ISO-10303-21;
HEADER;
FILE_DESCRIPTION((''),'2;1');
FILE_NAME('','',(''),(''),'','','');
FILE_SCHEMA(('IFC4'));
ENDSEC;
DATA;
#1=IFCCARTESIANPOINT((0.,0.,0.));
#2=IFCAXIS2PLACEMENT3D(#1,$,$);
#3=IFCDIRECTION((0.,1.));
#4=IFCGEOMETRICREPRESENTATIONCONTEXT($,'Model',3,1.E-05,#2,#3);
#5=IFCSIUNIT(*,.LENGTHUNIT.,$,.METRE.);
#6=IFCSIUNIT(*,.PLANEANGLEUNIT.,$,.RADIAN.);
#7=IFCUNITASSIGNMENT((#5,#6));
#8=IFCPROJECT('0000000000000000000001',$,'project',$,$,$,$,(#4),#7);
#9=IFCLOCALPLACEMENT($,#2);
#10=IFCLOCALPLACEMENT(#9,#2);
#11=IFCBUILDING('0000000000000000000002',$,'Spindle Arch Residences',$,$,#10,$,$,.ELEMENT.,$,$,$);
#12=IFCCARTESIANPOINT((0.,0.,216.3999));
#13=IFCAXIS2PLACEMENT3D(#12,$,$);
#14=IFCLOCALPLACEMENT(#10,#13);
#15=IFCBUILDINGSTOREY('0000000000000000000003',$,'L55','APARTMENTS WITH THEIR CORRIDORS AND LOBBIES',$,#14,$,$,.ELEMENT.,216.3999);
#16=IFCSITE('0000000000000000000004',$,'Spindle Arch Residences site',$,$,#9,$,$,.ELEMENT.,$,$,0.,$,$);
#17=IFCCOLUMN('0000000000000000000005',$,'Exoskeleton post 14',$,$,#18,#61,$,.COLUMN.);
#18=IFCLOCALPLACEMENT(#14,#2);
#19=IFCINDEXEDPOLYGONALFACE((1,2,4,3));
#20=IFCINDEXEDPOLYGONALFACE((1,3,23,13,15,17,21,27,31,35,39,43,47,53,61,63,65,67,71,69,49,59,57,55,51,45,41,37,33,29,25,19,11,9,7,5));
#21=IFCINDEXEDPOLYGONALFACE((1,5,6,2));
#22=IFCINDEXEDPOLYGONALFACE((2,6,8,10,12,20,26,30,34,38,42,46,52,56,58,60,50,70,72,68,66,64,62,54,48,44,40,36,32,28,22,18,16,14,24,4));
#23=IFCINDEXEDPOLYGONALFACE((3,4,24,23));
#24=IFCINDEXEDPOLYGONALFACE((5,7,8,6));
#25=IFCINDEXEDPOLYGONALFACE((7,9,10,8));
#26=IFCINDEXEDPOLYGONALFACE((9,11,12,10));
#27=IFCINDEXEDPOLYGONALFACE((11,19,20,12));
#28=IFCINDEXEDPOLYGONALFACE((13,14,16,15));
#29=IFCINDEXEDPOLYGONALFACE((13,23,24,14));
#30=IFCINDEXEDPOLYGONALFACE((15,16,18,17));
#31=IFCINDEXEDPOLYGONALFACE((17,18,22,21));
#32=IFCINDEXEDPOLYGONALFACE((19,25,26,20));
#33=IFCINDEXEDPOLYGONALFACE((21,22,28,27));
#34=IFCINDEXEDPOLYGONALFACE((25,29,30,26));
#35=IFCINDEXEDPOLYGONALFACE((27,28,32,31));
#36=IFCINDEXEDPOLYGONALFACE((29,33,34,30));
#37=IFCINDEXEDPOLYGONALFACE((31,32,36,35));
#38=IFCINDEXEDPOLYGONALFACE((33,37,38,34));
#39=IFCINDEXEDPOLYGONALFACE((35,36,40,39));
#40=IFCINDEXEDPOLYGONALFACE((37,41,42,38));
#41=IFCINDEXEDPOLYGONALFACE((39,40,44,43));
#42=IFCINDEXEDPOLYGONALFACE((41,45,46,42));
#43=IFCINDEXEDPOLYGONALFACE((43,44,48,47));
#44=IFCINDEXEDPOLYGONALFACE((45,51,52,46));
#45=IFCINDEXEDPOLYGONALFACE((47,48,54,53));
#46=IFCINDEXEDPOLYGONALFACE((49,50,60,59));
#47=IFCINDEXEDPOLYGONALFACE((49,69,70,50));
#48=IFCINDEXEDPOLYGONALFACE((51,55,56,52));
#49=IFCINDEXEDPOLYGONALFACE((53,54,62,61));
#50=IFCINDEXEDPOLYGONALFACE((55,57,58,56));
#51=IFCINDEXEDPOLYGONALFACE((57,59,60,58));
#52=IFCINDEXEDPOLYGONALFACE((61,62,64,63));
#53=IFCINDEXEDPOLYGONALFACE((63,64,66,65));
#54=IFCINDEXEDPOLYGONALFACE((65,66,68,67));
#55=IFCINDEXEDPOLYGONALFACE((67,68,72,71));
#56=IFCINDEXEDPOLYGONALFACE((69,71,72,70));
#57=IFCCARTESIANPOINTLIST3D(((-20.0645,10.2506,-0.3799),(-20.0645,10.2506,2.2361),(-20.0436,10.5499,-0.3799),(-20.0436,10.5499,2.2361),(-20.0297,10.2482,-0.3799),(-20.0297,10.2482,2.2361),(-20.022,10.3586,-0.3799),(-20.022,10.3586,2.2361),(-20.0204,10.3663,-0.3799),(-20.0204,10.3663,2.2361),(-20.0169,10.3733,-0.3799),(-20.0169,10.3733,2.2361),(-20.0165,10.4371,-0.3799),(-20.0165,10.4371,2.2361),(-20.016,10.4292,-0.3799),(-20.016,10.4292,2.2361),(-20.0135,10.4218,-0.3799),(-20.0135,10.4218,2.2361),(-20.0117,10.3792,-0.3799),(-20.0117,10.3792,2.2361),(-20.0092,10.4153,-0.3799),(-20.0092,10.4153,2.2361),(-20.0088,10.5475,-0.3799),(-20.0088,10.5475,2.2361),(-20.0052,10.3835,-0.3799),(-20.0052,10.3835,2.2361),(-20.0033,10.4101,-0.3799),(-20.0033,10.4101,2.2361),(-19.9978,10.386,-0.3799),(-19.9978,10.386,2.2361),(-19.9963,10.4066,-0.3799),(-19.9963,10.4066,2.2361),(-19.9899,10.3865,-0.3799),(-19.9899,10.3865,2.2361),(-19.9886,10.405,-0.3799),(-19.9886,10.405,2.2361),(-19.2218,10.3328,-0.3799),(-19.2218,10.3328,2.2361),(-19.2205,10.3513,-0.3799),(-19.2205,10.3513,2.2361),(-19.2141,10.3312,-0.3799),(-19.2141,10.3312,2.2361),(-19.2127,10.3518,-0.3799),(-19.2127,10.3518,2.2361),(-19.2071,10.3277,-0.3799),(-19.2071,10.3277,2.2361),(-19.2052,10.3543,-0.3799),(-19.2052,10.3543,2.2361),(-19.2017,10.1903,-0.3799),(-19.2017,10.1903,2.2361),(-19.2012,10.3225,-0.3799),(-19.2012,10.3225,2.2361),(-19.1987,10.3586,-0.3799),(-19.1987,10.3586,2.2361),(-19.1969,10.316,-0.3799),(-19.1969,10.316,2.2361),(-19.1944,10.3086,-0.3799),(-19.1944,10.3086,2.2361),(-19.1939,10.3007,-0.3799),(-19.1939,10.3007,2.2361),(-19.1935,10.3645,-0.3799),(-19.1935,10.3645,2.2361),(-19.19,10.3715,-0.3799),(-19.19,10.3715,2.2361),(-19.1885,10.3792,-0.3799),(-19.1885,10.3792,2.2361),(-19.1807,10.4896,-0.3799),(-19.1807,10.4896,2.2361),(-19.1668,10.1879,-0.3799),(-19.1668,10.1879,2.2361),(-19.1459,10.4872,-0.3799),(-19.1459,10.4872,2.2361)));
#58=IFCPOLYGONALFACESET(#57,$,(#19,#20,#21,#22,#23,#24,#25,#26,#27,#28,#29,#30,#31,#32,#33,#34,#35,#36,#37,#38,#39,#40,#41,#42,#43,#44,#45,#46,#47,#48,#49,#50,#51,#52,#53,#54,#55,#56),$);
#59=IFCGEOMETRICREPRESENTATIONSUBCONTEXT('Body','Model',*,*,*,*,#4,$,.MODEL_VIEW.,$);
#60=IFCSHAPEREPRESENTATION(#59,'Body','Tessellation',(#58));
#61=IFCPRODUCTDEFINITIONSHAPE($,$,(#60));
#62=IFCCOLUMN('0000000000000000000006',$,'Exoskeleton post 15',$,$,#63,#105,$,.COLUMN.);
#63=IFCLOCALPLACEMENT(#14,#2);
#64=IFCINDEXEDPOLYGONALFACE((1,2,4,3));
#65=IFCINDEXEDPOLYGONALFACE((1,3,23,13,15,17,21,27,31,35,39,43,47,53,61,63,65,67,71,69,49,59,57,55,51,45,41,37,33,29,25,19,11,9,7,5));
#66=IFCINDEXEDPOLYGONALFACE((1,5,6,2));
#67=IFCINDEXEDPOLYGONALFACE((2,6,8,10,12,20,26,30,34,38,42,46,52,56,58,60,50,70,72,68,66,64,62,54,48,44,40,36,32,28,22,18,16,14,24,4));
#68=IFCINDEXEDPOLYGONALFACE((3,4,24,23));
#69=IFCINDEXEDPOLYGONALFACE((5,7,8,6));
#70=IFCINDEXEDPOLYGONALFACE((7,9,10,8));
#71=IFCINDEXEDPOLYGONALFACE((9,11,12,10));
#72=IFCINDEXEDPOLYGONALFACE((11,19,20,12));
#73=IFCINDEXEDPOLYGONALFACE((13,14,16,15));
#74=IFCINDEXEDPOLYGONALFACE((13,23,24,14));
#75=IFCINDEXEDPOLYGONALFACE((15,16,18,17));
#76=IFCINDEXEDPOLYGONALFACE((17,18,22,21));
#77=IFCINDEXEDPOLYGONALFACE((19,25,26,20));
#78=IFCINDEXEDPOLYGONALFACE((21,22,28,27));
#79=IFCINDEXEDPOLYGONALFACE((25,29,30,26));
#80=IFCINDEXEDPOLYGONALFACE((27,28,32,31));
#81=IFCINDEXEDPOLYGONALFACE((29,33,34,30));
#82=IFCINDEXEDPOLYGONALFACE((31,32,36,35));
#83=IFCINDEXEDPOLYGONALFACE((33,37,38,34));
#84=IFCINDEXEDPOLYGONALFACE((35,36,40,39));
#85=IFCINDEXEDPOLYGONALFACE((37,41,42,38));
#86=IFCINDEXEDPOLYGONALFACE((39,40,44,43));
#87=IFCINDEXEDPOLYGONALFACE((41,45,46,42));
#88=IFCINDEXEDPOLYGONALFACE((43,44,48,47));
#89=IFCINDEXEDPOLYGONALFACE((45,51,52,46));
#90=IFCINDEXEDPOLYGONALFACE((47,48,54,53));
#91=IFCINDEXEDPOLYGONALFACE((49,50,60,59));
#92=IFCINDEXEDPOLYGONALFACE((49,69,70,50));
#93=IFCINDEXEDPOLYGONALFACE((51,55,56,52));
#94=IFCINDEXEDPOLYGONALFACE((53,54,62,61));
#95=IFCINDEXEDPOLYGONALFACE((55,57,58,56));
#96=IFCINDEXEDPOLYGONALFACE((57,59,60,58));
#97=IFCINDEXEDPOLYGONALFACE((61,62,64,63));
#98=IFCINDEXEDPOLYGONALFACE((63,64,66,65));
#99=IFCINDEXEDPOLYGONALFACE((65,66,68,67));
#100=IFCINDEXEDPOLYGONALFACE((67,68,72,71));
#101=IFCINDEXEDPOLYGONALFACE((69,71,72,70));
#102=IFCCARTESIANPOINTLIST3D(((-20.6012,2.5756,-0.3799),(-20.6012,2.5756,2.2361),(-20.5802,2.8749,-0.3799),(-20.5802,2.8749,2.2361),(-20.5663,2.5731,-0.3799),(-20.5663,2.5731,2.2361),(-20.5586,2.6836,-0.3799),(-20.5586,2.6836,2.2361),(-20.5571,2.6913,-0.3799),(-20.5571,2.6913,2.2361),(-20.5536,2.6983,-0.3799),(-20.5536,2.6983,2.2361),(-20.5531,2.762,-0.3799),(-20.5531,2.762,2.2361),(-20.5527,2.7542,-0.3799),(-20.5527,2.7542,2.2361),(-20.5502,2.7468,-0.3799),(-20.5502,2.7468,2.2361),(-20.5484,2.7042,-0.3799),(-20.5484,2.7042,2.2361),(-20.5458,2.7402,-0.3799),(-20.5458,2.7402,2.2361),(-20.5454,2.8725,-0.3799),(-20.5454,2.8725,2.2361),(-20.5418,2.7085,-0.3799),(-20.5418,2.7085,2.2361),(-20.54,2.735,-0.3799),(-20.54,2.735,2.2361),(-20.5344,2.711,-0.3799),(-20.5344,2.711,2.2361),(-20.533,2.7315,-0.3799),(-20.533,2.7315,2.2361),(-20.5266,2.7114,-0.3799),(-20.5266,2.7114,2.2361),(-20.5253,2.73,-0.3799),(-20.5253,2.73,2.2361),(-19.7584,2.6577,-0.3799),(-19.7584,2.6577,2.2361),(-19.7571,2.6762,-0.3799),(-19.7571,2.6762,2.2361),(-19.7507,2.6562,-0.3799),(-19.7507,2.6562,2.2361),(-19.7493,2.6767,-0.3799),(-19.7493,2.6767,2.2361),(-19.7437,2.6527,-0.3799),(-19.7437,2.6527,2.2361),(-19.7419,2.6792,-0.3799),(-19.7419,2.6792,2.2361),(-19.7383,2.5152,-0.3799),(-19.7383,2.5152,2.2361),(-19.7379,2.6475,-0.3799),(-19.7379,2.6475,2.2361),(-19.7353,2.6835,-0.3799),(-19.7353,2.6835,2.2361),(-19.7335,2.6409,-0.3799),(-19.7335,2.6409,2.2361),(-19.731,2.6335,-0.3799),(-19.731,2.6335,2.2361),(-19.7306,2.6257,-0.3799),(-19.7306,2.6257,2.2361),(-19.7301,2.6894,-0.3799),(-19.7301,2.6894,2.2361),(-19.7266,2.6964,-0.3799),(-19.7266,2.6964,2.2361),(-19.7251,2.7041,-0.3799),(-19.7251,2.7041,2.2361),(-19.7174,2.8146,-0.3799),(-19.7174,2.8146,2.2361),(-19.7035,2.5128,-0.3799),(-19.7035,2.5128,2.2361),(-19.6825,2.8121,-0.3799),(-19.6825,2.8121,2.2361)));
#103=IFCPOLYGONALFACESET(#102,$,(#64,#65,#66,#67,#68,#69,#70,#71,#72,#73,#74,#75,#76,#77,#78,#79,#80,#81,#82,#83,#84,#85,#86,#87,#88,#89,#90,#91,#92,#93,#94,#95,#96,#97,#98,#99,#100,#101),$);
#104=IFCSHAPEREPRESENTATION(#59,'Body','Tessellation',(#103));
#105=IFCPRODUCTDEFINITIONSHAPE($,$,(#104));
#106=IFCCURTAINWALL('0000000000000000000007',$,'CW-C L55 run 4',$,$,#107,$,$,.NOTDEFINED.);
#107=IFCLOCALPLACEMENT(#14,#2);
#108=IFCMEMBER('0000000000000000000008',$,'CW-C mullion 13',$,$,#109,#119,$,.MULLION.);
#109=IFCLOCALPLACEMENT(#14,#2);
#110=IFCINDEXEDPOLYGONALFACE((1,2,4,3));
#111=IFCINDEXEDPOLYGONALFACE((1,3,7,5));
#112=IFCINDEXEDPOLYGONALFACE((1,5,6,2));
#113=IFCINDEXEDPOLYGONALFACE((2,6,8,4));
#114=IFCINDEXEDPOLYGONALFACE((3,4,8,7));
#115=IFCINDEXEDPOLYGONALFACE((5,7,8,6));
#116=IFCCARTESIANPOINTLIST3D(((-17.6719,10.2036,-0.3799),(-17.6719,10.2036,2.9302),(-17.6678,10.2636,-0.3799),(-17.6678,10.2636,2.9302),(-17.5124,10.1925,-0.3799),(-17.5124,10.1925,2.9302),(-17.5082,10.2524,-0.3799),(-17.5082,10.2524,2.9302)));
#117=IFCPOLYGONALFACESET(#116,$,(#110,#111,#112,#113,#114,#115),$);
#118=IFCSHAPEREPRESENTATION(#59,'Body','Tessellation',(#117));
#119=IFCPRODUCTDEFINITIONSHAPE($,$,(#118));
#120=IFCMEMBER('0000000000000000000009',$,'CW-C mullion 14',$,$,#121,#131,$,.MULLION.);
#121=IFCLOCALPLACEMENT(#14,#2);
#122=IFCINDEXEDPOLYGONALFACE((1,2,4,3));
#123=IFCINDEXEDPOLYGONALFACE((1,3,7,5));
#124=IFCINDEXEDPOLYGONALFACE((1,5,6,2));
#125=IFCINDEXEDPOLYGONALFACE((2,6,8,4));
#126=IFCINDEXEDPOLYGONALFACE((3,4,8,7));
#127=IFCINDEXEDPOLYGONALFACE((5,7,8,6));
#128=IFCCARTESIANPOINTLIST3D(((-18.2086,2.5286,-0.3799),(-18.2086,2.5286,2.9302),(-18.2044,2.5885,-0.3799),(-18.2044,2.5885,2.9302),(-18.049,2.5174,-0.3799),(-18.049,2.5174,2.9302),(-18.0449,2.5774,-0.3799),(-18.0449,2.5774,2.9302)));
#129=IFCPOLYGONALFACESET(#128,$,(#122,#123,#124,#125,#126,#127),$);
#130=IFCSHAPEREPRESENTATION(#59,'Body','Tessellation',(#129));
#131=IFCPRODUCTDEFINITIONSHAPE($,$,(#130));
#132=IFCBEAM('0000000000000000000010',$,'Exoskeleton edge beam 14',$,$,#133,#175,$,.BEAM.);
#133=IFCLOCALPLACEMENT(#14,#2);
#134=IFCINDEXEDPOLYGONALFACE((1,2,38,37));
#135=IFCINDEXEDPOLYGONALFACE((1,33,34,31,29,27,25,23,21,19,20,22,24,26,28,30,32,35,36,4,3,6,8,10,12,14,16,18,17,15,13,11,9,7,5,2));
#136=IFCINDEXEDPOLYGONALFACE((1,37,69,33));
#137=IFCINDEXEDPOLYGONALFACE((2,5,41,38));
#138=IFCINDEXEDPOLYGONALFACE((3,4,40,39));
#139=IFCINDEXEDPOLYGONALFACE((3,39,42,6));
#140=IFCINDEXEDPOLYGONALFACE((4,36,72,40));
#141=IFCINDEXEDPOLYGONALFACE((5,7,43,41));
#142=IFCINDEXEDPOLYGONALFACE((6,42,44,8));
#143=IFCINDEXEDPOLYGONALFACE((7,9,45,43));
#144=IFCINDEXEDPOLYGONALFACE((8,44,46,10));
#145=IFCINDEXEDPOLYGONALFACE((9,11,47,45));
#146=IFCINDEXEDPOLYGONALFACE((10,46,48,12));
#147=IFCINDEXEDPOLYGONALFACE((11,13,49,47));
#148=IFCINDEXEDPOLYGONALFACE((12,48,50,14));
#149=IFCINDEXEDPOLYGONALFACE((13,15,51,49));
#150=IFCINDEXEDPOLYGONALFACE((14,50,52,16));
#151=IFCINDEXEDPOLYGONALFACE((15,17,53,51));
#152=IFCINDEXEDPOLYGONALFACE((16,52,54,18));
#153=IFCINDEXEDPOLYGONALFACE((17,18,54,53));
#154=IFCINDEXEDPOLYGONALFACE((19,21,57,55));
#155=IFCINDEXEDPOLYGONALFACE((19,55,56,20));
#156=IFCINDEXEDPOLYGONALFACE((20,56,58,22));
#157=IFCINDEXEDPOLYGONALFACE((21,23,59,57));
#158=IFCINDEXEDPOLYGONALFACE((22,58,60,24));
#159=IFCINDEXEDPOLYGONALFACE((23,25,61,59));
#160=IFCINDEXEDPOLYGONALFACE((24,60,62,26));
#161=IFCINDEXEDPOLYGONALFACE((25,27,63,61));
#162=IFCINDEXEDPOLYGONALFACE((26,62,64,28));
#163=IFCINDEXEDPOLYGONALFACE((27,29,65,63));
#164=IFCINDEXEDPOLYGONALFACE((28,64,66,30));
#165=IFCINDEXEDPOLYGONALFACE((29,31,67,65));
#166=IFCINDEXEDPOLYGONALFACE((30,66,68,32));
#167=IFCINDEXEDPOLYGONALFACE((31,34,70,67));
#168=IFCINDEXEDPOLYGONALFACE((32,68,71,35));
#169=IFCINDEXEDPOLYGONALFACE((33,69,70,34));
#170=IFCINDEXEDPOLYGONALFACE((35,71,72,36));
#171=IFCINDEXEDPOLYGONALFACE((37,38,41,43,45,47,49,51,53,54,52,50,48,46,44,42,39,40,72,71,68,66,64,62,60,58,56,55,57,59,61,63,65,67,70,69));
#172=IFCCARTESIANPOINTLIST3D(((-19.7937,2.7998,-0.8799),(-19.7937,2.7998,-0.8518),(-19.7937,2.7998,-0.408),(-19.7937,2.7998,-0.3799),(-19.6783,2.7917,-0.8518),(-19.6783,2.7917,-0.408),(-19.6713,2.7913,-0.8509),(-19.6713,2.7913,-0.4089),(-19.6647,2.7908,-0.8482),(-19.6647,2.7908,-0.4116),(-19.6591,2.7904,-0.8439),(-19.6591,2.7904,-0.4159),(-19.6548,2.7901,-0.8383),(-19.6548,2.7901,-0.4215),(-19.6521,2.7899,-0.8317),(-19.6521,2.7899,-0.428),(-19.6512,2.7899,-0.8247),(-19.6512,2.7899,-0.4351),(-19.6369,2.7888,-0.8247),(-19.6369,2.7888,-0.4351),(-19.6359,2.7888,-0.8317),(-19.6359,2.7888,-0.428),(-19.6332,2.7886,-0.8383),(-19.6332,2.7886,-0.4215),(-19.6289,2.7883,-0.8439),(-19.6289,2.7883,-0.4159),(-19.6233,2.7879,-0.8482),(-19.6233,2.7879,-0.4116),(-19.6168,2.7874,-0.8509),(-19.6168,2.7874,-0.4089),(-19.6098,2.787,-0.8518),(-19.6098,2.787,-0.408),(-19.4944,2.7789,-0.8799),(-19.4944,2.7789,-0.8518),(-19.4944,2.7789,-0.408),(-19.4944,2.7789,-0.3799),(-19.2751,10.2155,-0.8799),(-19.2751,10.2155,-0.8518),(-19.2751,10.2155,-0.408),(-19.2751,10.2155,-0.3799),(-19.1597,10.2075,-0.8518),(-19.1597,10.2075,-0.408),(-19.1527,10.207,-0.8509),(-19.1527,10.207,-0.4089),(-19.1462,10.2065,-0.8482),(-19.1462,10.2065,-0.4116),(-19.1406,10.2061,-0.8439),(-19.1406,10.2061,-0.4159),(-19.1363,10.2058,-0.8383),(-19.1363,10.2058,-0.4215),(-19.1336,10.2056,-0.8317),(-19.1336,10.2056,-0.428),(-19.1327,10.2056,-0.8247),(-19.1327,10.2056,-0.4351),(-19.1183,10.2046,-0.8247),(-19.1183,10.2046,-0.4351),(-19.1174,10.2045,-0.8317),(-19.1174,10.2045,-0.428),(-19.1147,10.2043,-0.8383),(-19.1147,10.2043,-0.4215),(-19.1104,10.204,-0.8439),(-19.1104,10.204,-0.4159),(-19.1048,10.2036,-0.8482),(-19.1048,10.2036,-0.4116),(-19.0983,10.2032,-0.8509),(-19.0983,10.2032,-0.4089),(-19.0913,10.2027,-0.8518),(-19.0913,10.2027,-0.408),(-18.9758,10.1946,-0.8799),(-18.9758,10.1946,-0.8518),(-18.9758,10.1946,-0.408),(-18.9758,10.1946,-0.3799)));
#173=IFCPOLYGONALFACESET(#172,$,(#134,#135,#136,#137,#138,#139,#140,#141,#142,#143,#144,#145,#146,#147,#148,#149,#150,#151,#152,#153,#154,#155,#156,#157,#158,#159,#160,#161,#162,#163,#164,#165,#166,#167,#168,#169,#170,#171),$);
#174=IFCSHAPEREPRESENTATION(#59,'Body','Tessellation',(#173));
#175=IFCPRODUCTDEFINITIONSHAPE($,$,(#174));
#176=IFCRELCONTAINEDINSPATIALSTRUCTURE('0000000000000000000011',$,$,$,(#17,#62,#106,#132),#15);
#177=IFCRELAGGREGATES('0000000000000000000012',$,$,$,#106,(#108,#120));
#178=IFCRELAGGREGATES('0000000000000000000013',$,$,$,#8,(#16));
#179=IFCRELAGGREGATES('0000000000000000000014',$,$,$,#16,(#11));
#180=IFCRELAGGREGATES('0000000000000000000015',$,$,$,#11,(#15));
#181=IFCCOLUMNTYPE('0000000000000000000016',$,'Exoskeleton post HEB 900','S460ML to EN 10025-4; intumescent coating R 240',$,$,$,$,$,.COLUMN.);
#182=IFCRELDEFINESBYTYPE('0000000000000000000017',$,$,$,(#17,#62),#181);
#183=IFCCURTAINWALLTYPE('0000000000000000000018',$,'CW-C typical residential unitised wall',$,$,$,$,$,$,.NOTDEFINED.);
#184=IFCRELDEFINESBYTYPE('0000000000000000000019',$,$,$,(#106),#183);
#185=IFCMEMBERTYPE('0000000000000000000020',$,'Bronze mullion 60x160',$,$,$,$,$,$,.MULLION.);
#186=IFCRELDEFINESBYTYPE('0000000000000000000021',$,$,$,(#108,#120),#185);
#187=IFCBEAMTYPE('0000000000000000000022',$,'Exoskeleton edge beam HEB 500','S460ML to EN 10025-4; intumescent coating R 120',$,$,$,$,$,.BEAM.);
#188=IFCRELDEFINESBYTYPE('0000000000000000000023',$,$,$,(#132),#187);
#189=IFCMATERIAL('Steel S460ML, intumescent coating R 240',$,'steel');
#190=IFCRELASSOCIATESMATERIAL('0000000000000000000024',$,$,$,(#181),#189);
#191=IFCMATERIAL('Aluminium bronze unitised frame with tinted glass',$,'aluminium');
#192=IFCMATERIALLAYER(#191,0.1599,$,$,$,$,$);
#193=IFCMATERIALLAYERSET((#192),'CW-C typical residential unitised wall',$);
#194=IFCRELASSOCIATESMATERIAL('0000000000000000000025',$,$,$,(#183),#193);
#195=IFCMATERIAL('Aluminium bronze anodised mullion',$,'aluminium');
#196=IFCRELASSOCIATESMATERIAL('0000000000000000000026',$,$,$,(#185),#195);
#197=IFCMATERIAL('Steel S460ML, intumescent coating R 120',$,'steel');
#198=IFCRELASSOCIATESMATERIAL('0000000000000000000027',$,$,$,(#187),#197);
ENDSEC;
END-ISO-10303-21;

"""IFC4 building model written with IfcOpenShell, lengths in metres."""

from ifc_helpers import new_model, si_unit, direction, frame, origin, origin_2d, place, context, subcontext, project, spatial, rectangle, i_section, extrude, material, layer, layer_set, material_profile, profile_set, type_object, element, aggregate, save


model = new_model("IFC4")

# Units and contexts
model_context = context("Model", 3, precision=1e-05, world=origin(), true_north=direction((0.0, 1.0)))
body_context = subcontext(model_context, "Body", "Model", "MODEL_VIEW")
ifc_project = project(units=[si_unit("LENGTHUNIT", "METRE"), si_unit("PLANEANGLEUNIT", "RADIAN")], contexts=[model_context])

# Site, building, storey
site_placement = place(None, origin())
site = spatial("IfcSite", under=ifc_project, at=site_placement, Name="Spindle Arch Residences site", CompositionType="ELEMENT", RefElevation=0.0)
building_placement = place(site_placement, origin())
building = spatial("IfcBuilding", under=site, at=building_placement, Name="Spindle Arch Residences", CompositionType="ELEMENT")
storey_placement = place(building_placement, frame((0.0, 0.0, 216.3999)))
storey = spatial("IfcBuildingStorey", under=building, at=storey_placement, Name="L55", Description="APARTMENTS WITH THEIR CORRIDORS AND LOBBIES", CompositionType="ELEMENT", Elevation=216.3999)

# Columns
ifc_material_1 = material(Name="Steel S460ML, intumescent coating R 240", Category="steel")
ifc_material_profile_1 = material_profile(ifc_material_1, i_section(OverallWidth=0.3, OverallDepth=0.8999, WebThickness=0.0186, FlangeThickness=0.0349, FilletRadius=0.03, at=origin_2d()), Name="HEB 900")
ifc_profile_set_1 = profile_set([ifc_material_profile_1], Name="Steel S460ML, intumescent coating R 240")
column_type = type_object("IfcColumnType", Name="Exoskeleton post HEB 900", Description="S460ML to EN 10025-4; intumescent coating R 240", PredefinedType="COLUMN", material=ifc_profile_set_1)
for number, where, z_axis, x_axis, name in (
    (1, (-19.6052, 10.3689, -0.3799), (0.0, 0.0, 1.0), (0.069756, 0.997564, 0.0), "Exoskeleton post 14"),
    (2, (-20.1418, 2.6938, -0.3799), (0.0, 0.0, 1.0), (0.069756, 0.997564, 0.0), "Exoskeleton post 15"),
):
    element("IfcColumn", number, at=place(storey_placement, frame(where, z_axis=z_axis, x_axis=x_axis)), inside=storey, type_object=column_type, Name=name, PredefinedType="COLUMN", context=body_context, shape_type="SweptSolid", body=[
        extrude(i_section(OverallWidth=0.3, OverallDepth=0.8999, WebThickness=0.0186, FlangeThickness=0.0349, FilletRadius=0.03, at=origin_2d()), origin(), (0.0, 0.0, 1.0), 2.616),
    ])

# Curtain wall, members
ifc_material_2 = material(Name="Aluminium bronze unitised frame with tinted glass", Category="aluminium")
ifc_layer_1 = layer(ifc_material_2, 0.1599)
ifc_layer_set_1 = layer_set([ifc_layer_1], Name="CW-C typical residential unitised wall")
curtain_wall_type = type_object("IfcCurtainWallType", Name="CW-C typical residential unitised wall", PredefinedType="NOTDEFINED", material=ifc_layer_set_1)
curtain_wall_placement = place(storey_placement, origin())
curtain_wall = element("IfcCurtainWall", 3, at=curtain_wall_placement, inside=storey, type_object=curtain_wall_type, Name="CW-C L55 run 4", PredefinedType="NOTDEFINED")
ifc_material_3 = material(Name="Aluminium bronze anodised mullion", Category="aluminium")
ifc_material_profile_2 = material_profile(ifc_material_3, rectangle(XDim=0.1599, YDim=0.0601, at=origin_2d()), Name="MU 60x160")
ifc_profile_set_2 = profile_set([ifc_material_profile_2], Name="Aluminium bronze anodised mullion")
member_type = type_object("IfcMemberType", Name="Bronze mullion 60x160", PredefinedType="MULLION", material=ifc_profile_set_2)
member_1_placement = place(storey_placement, frame((-17.5901, 10.228, -0.3799), z_axis=(0.0, 0.0, 1.0), x_axis=(0.997564, -0.069756, 0.0)))
member_1 = element("IfcMember", 4, at=member_1_placement, type_object=member_type, Name="CW-C mullion 13", PredefinedType="MULLION", context=body_context, shape_type="SweptSolid", body=[
    extrude(rectangle(XDim=0.1599, YDim=0.0601, at=origin_2d()), origin(), (0.0, 0.0, 1.0), 3.3101),
])
member_2_placement = place(storey_placement, frame((-18.1267, 2.553, -0.3799), z_axis=(0.0, 0.0, 1.0), x_axis=(0.997564, -0.069756, 0.0)))
member_2 = element("IfcMember", 5, at=member_2_placement, type_object=member_type, Name="CW-C mullion 14", PredefinedType="MULLION", context=body_context, shape_type="SweptSolid", body=[
    extrude(rectangle(XDim=0.1599, YDim=0.0601, at=origin_2d()), origin(), (0.0, 0.0, 1.0), 3.3101),
])

# Beam
ifc_material_4 = material(Name="Steel S460ML, intumescent coating R 120", Category="steel")
ifc_material_profile_3 = material_profile(ifc_material_4, i_section(OverallWidth=0.3, OverallDepth=0.5, WebThickness=0.0144, FlangeThickness=0.0281, FilletRadius=0.0271, at=origin_2d()), Name="HEB 500")
ifc_profile_set_3 = profile_set([ifc_material_profile_3], Name="Steel S460ML, intumescent coating R 120")
beam_type_1 = type_object("IfcBeamType", Name="Exoskeleton edge beam HEB 500", Description="S460ML to EN 10025-4; intumescent coating R 120", PredefinedType="BEAM", material=ifc_profile_set_3)
beam_1_placement = place(storey_placement, frame((-19.1255, 10.2051, -0.6299), z_axis=(-0.069756, -0.997564, 0.0), x_axis=(0.997564, -0.069756, 0.0)))
element("IfcBeam", 6, at=beam_1_placement, inside=storey, type_object=beam_type_1, Name="Exoskeleton edge beam 14", PredefinedType="BEAM", context=body_context, shape_type="SweptSolid", body=[
    extrude(i_section(OverallWidth=0.3, OverallDepth=0.5, WebThickness=0.0144, FlangeThickness=0.0281, FilletRadius=0.0271, at=origin_2d()), origin(), (0.0, 0.0, 1.0), 7.4338),
])

aggregate(curtain_wall, [member_1, member_2])

save(model, "model.ifc")
